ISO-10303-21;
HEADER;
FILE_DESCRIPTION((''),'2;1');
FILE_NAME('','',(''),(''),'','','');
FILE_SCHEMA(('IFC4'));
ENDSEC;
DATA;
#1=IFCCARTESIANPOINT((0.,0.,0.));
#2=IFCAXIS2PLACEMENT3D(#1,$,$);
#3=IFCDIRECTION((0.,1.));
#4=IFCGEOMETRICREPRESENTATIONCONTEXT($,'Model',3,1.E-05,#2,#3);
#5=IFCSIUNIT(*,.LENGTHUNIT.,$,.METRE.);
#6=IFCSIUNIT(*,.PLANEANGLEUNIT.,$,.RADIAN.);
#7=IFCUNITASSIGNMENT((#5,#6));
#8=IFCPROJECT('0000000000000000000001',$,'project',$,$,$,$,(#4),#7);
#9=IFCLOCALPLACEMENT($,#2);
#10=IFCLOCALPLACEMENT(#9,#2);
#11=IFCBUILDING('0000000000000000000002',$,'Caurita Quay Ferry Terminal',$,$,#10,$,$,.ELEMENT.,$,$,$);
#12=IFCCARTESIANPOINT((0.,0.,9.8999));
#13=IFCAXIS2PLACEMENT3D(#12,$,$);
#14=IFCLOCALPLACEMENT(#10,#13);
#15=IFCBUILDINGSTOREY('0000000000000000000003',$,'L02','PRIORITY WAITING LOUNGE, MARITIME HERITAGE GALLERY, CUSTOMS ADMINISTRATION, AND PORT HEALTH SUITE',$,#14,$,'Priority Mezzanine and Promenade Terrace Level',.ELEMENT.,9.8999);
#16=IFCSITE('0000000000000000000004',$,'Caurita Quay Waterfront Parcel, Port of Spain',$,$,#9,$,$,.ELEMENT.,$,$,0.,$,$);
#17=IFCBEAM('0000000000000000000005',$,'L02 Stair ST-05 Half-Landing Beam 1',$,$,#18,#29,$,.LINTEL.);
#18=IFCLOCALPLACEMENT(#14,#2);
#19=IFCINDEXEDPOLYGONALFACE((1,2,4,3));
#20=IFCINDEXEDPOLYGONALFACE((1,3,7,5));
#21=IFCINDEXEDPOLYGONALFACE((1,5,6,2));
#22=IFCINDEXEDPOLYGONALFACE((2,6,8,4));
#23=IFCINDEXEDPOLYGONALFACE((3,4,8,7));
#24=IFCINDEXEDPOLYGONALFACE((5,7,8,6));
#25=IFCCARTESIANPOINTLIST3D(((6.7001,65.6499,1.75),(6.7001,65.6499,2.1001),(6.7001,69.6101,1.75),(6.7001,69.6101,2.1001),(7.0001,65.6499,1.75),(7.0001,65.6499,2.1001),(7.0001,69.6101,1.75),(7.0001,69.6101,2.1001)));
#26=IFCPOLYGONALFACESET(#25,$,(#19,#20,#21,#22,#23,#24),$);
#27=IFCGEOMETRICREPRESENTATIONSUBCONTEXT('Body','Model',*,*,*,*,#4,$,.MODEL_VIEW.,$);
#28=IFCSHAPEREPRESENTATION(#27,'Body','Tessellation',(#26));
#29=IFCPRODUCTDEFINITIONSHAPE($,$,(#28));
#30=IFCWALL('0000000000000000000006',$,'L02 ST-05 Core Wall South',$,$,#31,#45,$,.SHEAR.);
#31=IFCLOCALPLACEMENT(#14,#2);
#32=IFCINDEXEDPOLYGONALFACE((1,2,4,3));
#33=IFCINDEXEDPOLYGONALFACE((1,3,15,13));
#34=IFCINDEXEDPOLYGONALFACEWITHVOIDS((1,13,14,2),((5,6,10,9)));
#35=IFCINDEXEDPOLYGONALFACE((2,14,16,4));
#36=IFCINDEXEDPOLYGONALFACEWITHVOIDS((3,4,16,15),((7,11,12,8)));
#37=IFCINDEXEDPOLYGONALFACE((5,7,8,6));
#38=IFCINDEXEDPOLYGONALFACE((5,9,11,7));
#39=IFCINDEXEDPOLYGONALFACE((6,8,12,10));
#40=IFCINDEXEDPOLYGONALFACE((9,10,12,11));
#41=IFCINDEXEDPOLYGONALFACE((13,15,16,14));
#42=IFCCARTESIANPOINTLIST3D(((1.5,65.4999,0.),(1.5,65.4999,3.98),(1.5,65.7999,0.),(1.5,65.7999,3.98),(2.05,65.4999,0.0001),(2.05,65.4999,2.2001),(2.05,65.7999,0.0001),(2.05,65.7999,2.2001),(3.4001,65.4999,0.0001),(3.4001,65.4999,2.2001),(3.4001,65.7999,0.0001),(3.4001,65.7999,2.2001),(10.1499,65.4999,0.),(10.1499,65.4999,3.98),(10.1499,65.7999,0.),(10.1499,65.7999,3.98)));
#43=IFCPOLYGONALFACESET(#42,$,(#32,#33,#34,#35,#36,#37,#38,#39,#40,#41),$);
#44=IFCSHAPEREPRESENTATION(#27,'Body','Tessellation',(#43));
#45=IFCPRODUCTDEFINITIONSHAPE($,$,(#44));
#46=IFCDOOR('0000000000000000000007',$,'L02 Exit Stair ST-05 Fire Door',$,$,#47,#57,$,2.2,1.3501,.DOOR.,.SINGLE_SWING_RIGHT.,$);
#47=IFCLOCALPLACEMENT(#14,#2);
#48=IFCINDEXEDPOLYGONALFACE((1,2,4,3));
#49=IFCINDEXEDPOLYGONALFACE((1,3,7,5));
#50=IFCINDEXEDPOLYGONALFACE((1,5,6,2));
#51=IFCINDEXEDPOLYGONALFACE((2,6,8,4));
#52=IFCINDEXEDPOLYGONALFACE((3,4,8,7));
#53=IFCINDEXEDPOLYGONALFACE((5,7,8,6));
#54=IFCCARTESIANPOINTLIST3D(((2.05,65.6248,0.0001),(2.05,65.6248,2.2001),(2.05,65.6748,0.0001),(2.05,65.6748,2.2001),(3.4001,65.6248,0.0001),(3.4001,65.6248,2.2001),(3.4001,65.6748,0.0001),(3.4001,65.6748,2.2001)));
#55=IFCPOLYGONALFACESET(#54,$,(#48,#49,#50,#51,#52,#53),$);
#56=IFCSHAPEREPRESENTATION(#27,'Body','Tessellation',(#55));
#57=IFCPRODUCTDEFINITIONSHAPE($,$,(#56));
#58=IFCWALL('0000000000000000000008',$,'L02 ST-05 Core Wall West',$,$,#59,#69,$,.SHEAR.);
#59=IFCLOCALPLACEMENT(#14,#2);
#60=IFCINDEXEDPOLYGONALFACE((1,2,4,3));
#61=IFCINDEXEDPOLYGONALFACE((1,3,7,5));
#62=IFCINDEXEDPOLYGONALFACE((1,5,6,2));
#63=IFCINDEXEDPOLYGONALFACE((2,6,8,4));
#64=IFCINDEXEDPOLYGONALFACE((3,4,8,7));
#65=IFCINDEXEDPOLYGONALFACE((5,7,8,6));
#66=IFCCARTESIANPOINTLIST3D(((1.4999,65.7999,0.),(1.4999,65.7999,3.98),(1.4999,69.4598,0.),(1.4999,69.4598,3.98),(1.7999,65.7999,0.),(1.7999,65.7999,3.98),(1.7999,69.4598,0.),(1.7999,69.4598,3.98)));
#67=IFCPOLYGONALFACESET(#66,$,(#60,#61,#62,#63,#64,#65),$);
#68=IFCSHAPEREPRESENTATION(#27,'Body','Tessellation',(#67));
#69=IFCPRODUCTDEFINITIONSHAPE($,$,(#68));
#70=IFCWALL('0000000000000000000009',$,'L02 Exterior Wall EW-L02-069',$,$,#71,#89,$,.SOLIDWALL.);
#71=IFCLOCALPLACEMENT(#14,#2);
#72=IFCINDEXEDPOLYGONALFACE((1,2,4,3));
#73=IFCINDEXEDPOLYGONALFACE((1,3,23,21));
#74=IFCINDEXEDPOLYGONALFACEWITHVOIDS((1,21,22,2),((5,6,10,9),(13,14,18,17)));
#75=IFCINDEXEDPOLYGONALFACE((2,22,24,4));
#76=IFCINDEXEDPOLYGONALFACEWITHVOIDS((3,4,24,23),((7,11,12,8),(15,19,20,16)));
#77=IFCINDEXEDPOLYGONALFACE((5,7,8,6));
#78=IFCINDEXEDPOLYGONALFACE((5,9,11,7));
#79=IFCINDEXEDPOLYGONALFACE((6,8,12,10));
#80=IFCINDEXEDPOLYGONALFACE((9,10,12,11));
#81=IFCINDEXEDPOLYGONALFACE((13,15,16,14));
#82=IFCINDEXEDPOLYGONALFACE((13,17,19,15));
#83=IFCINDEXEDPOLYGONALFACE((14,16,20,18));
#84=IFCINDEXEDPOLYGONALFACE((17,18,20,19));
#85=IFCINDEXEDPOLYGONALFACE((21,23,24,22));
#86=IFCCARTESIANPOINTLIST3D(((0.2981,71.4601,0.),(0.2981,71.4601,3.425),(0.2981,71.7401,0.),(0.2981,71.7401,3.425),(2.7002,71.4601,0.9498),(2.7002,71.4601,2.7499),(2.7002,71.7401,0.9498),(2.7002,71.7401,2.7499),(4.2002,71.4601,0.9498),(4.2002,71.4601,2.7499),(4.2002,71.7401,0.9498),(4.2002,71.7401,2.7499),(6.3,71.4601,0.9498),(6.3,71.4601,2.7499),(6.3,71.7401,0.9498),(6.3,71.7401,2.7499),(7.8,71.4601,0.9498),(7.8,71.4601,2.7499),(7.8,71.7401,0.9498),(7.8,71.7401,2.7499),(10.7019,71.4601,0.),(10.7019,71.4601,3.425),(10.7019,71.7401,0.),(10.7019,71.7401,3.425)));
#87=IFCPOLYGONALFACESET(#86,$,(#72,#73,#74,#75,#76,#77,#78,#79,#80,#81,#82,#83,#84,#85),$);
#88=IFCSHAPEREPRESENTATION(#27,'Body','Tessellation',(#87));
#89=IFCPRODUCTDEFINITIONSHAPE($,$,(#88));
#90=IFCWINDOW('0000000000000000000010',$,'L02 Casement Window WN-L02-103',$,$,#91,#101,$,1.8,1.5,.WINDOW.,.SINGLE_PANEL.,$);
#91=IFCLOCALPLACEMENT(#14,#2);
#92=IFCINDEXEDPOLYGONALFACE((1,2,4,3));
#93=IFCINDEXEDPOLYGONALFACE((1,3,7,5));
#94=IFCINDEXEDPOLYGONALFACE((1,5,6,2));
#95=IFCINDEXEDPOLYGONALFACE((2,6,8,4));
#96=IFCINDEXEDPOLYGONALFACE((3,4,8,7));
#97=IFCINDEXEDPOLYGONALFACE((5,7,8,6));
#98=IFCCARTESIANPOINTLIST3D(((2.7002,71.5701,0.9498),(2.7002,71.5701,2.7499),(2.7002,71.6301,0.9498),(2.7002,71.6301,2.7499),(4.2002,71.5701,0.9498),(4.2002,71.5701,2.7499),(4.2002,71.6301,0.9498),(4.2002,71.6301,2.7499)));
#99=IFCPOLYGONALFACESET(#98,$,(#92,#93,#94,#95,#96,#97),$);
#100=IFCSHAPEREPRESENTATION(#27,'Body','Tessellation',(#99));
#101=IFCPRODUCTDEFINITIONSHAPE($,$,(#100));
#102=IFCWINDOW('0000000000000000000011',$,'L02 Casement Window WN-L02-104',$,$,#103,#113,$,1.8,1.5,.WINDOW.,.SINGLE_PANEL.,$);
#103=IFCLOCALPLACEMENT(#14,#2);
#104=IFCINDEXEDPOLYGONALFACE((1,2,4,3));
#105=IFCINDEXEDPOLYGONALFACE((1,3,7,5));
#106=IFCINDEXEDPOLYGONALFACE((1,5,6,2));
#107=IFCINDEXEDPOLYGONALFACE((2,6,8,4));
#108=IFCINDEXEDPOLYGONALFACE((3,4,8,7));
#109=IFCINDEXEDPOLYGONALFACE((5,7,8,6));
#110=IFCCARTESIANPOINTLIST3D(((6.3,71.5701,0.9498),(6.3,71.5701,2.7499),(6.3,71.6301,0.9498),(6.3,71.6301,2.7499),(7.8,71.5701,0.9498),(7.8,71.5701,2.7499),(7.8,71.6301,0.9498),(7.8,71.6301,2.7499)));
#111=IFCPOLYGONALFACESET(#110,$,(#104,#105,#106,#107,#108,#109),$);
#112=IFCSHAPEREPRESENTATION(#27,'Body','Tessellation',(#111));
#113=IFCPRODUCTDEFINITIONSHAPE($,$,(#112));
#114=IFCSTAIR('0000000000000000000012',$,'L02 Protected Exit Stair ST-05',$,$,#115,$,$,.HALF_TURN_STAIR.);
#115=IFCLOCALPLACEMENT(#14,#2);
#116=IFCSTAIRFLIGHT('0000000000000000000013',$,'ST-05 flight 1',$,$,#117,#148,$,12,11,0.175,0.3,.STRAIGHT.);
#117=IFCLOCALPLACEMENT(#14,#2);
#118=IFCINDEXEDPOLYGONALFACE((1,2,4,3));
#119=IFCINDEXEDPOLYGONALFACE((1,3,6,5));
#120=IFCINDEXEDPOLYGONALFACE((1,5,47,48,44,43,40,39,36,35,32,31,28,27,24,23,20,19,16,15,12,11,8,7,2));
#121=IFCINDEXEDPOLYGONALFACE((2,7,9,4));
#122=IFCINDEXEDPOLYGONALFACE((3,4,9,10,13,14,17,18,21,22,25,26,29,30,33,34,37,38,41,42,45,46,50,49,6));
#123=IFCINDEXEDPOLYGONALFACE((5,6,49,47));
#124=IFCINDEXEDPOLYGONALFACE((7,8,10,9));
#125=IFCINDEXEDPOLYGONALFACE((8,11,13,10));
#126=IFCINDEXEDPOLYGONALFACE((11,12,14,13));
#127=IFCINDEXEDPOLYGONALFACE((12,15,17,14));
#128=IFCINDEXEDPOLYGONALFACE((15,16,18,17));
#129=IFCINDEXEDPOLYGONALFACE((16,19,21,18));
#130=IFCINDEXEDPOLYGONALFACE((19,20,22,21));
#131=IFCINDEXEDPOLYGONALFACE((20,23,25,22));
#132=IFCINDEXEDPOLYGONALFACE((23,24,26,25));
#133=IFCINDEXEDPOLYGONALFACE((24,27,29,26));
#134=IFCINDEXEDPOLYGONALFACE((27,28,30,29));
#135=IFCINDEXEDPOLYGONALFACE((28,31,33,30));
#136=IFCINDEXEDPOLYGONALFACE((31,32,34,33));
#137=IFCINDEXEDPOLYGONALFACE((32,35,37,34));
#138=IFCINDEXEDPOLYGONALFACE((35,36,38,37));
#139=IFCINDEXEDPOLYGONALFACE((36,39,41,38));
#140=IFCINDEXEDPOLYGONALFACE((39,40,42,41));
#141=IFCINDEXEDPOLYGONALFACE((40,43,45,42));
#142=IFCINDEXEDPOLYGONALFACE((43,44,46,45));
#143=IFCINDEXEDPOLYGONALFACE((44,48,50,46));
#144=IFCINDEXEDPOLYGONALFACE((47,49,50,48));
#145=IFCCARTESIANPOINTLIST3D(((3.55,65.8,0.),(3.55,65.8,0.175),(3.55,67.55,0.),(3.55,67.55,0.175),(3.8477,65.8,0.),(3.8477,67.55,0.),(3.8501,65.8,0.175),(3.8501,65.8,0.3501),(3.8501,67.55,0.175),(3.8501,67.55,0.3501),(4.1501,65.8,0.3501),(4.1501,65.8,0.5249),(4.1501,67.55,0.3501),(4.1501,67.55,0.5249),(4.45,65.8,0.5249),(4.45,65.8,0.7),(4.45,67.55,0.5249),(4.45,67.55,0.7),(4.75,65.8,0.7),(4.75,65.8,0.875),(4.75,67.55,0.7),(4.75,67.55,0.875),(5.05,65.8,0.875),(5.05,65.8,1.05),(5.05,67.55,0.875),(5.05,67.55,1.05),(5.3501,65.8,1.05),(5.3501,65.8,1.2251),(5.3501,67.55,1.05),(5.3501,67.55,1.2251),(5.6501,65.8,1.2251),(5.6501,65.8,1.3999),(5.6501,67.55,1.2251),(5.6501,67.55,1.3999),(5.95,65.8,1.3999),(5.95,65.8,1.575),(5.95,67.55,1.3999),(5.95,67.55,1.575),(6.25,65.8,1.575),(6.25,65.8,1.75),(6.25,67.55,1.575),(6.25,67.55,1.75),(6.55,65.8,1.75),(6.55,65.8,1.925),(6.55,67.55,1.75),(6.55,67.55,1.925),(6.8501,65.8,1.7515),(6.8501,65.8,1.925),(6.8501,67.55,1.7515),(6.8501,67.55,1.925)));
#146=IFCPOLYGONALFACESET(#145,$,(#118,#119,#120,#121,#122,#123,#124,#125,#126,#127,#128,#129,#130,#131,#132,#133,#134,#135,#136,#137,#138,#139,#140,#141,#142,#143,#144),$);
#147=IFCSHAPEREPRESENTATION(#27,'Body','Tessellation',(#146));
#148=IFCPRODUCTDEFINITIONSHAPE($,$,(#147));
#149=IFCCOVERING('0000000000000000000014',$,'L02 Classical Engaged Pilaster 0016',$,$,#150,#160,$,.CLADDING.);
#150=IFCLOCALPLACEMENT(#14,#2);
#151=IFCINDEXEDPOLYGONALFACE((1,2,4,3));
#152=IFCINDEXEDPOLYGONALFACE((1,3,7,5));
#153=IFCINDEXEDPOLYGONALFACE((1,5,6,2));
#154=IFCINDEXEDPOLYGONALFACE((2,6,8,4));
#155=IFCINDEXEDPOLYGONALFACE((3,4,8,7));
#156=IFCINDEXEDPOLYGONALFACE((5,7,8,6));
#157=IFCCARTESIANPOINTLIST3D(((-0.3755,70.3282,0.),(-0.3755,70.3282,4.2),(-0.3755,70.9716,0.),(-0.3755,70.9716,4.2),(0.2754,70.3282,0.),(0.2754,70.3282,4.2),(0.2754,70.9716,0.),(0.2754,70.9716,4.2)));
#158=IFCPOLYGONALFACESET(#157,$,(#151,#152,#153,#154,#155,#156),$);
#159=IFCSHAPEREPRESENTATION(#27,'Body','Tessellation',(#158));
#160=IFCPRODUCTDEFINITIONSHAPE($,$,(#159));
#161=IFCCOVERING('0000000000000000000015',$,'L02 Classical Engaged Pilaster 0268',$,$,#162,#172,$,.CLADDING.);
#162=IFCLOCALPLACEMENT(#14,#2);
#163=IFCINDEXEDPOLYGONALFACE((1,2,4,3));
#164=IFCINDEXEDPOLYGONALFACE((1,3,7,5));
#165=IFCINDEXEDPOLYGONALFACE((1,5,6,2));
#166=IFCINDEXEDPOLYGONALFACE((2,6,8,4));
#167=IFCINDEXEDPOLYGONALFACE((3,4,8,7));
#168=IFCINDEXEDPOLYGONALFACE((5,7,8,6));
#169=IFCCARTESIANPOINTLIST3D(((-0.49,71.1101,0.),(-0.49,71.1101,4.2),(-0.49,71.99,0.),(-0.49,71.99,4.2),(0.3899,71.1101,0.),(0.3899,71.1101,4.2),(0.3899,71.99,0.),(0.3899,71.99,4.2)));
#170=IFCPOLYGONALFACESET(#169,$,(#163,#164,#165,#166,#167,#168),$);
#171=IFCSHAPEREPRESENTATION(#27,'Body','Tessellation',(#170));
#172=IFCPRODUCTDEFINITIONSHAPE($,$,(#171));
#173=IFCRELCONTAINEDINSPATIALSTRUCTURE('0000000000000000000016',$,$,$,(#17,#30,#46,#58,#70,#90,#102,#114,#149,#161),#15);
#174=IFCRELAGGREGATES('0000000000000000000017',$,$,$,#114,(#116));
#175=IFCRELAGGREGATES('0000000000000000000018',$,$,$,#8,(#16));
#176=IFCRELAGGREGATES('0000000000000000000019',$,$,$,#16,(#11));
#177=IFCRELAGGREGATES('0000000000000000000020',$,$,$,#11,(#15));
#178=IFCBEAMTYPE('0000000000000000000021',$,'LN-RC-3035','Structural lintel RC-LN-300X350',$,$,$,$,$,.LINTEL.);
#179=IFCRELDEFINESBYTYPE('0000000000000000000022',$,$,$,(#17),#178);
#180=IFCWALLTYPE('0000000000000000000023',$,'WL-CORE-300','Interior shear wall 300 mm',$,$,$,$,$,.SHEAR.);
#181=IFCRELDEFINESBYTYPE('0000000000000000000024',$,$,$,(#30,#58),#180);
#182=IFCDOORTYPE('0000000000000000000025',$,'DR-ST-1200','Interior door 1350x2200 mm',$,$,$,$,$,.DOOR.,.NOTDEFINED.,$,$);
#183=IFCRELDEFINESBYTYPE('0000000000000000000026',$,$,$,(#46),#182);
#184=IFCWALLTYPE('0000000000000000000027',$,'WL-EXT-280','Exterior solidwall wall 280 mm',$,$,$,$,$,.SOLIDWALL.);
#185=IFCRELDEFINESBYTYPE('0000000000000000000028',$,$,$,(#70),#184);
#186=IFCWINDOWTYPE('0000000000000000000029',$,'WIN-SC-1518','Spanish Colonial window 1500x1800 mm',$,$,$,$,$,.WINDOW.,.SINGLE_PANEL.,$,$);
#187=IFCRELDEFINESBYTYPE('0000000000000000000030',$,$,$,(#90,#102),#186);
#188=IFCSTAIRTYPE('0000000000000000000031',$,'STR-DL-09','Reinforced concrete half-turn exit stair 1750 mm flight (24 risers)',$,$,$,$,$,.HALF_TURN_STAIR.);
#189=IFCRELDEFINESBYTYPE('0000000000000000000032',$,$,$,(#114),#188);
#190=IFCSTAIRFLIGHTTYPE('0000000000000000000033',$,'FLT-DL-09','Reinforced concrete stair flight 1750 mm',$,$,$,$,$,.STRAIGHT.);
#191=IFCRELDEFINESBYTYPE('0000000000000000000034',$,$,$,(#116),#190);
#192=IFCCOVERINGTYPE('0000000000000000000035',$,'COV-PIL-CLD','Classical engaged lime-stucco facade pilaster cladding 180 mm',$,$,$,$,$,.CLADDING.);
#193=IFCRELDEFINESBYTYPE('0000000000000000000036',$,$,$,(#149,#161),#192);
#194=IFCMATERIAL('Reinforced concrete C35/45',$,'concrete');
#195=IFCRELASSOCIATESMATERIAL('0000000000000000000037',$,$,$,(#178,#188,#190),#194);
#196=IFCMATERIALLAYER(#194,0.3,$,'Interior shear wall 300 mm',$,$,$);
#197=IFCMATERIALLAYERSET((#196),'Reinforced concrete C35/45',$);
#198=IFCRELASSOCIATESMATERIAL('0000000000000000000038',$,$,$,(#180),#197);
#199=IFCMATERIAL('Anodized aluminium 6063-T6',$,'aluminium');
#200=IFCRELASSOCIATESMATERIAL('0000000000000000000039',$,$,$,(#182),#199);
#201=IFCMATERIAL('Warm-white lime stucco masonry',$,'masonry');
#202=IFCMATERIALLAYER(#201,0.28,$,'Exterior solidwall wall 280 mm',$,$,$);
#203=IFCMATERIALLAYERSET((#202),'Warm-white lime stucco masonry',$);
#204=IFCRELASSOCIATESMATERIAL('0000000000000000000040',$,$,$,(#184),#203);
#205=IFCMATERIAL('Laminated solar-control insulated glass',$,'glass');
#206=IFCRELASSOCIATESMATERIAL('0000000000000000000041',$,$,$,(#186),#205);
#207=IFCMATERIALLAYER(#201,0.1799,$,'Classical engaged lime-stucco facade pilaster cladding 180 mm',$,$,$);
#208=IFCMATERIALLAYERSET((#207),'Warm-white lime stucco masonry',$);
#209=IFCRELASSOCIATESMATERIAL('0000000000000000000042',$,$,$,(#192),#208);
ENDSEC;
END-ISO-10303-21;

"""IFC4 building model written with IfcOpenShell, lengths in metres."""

from ifc_helpers import new_model, si_unit, direction, frame, frame_2d, origin, origin_2d, place, context, subcontext, project, spatial, polyline, rectangle, outline, extrude, material, layer, layer_set, material_profile, profile_set, type_object, element, fill, aggregate, save


model = new_model("IFC4")

# Units and contexts
model_context = context("Model", 3, precision=1e-05, world=origin(), true_north=direction((0.0, 1.0)))
body_context = subcontext(model_context, "Body", "Model", "MODEL_VIEW")
ifc_project = project(units=[si_unit("LENGTHUNIT", "METRE"), si_unit("PLANEANGLEUNIT", "RADIAN")], contexts=[model_context])

# Site, building, storey
site_placement = place(None, origin())
site = spatial("IfcSite", under=ifc_project, at=site_placement, Name="Caurita Quay Waterfront Parcel, Port of Spain", CompositionType="ELEMENT", RefElevation=0.0)
building_placement = place(site_placement, origin())
building = spatial("IfcBuilding", under=site, at=building_placement, Name="Caurita Quay Ferry Terminal", CompositionType="ELEMENT")
storey_placement = place(building_placement, frame((0.0, 0.0, 9.8999)))
storey = spatial("IfcBuildingStorey", under=building, at=storey_placement, Name="L02", Description="PRIORITY WAITING LOUNGE, MARITIME HERITAGE GALLERY, CUSTOMS ADMINISTRATION, AND PORT HEALTH SUITE", LongName="Priority Mezzanine and Promenade Terrace Level", CompositionType="ELEMENT", Elevation=9.8999)

# Shared definitions
ifc_material_1 = material(Name="Reinforced concrete C35/45", Category="concrete")

# Beam
ifc_material_profile_1 = material_profile(ifc_material_1, rectangle(XDim=0.3, YDim=0.3501, at=origin_2d()), Name="RC-LN-300X350")
ifc_profile_set_1 = profile_set([ifc_material_profile_1], Name="Reinforced concrete C35/45")
beam_type_1 = type_object("IfcBeamType", Name="LN-RC-3035", Description="Structural lintel RC-LN-300X350", PredefinedType="LINTEL", material=ifc_profile_set_1)
beam_1_placement = place(storey_placement, frame((6.8501, 65.6499, 1.925), z_axis=(0.0, 1.0, 0.0), x_axis=(-1.0, 0.0, 0.0)))
element("IfcBeam", 1, at=beam_1_placement, inside=storey, type_object=beam_type_1, Name="L02 Stair ST-05 Half-Landing Beam 1", PredefinedType="LINTEL", context=body_context, shape_type="SweptSolid", body=[
    extrude(rectangle(XDim=0.3, YDim=0.3501, at=origin_2d()), origin(), (0.0, 0.0, 1.0), 3.9602),
])

# Wall, opening, door
ifc_layer_1 = layer(ifc_material_1, 0.3, Name="Interior shear wall 300 mm")
ifc_layer_set_1 = layer_set([ifc_layer_1], Name="Reinforced concrete C35/45")
wall_type_1 = type_object("IfcWallType", Name="WL-CORE-300", Description="Interior shear wall 300 mm", PredefinedType="SHEAR", material=ifc_layer_set_1)
wall_1_placement = place(storey_placement, frame((1.5, 65.6499, 0.0), z_axis=(0.0, 0.0, 1.0), x_axis=(1.0, 0.0, 0.0)))
wall_1 = element("IfcWall", 2, at=wall_1_placement, inside=storey, type_object=wall_type_1, Name="L02 ST-05 Core Wall South", PredefinedType="SHEAR", context=body_context, shape_type="SweptSolid", body=[
    extrude(rectangle(XDim=8.6499, YDim=0.3, at=frame_2d((4.325, 0.0))), origin(), (0.0, 0.0, 1.0), 3.98),
])
opening_1_placement = place(wall_1_placement, frame((0.55, 0.0, 0.0)))
opening_1 = element("IfcOpeningElement", 3, at=opening_1_placement, cuts=wall_1, PredefinedType="OPENING", context=body_context, shape_type="SweptSolid", body=[
    extrude(rectangle(XDim=1.3501, YDim=2.2, at=frame_2d((0.675, 1.1001))), frame((0.0, 0.1599, 0.0), z_axis=(0.0, -1.0, 0.0), x_axis=(1.0, 0.0, 0.0)), (0.0, 0.0, 1.0), 0.3201),
])
ifc_material_2 = material(Name="Anodized aluminium 6063-T6", Category="aluminium")
door_type = type_object("IfcDoorType", Name="DR-ST-1200", Description="Interior door 1350x2200 mm", OperationType="NOTDEFINED", PredefinedType="DOOR", material=ifc_material_2)
door_placement = place(opening_1_placement, origin())
door = element("IfcDoor", 4, at=door_placement, inside=storey, type_object=door_type, Name="L02 Exit Stair ST-05 Fire Door", OperationType="SINGLE_SWING_RIGHT", OverallHeight=2.2, OverallWidth=1.3501, PredefinedType="DOOR", context=body_context, shape_type="SweptSolid", body=[
    extrude(rectangle(XDim=1.3501, YDim=2.2, at=frame_2d((0.675, 1.1001))), frame((0.0, 0.0249, 0.0), z_axis=(0.0, -1.0, 0.0), x_axis=(1.0, 0.0, 0.0)), (0.0, 0.0, 1.0), 0.05),
])
fill(opening_1, door)

# Wall
wall_2_placement = place(storey_placement, frame((1.6499, 69.46, 0.0), z_axis=(0.0, 0.0, 1.0), x_axis=(0.0, -1.0, 0.0)))
element("IfcWall", 5, at=wall_2_placement, inside=storey, type_object=wall_type_1, Name="L02 ST-05 Core Wall West", PredefinedType="SHEAR", context=body_context, shape_type="SweptSolid", body=[
    extrude(rectangle(XDim=3.6599, YDim=0.3, at=frame_2d((1.8301, 0.0))), origin(), (0.0, 0.0, 1.0), 3.98),
])

# Wall, openings, windows
ifc_material_3 = material(Name="Warm-white lime stucco masonry", Category="masonry")
ifc_layer_2 = layer(ifc_material_3, 0.28, Name="Exterior solidwall wall 280 mm")
ifc_layer_set_2 = layer_set([ifc_layer_2], Name="Warm-white lime stucco masonry")
wall_type_2 = type_object("IfcWallType", Name="WL-EXT-280", Description="Exterior solidwall wall 280 mm", PredefinedType="SOLIDWALL", material=ifc_layer_set_2)
wall_3_placement = place(storey_placement, frame((0.2981, 71.6001, 0.0), z_axis=(0.0, 0.0, 1.0), x_axis=(1.0, 0.0, 0.0)))
wall_3 = element("IfcWall", 6, at=wall_3_placement, inside=storey, type_object=wall_type_2, Name="L02 Exterior Wall EW-L02-069", PredefinedType="SOLIDWALL", context=body_context, shape_type="SweptSolid", body=[
    extrude(rectangle(XDim=10.4038, YDim=0.28, at=frame_2d((5.2019, 0.0))), origin(), (0.0, 0.0, 1.0), 3.425),
])
opening_2_placement = place(wall_3_placement, frame((2.4021, 0.0, 0.95)))
opening_2 = element("IfcOpeningElement", 7, at=opening_2_placement, cuts=wall_3, PredefinedType="OPENING", context=body_context, shape_type="SweptSolid", body=[
    extrude(rectangle(XDim=1.5, YDim=1.8, at=frame_2d((0.75, 0.8999))), frame((0.0, 0.1499, 0.0), z_axis=(0.0, -1.0, 0.0), x_axis=(1.0, 0.0, 0.0)), (0.0, 0.0, 1.0), 0.3),
])
opening_3_placement = place(wall_3_placement, frame((6.002, 0.0, 0.95)))
opening_3 = element("IfcOpeningElement", 8, at=opening_3_placement, cuts=wall_3, PredefinedType="OPENING", context=body_context, shape_type="SweptSolid", body=[
    extrude(rectangle(XDim=1.5, YDim=1.8, at=frame_2d((0.75, 0.8999))), frame((0.0, 0.1499, 0.0), z_axis=(0.0, -1.0, 0.0), x_axis=(1.0, 0.0, 0.0)), (0.0, 0.0, 1.0), 0.3),
])
ifc_material_4 = material(Name="Laminated solar-control insulated glass", Category="glass")
window_type = type_object("IfcWindowType", Name="WIN-SC-1518", Description="Spanish Colonial window 1500x1800 mm", PartitioningType="SINGLE_PANEL", PredefinedType="WINDOW", material=ifc_material_4)
window_1_placement = place(opening_2_placement, origin())
window_1 = element("IfcWindow", 9, at=window_1_placement, inside=storey, type_object=window_type, Name="L02 Casement Window WN-L02-103", OverallHeight=1.8, OverallWidth=1.5, PartitioningType="SINGLE_PANEL", PredefinedType="WINDOW", context=body_context, shape_type="SweptSolid", body=[
    extrude(rectangle(XDim=1.5, YDim=1.8, at=frame_2d((0.75, 0.8999))), frame((0.0, 0.03, 0.0), z_axis=(0.0, -1.0, 0.0), x_axis=(1.0, 0.0, 0.0)), (0.0, 0.0, 1.0), 0.0601),
])
fill(opening_2, window_1)
window_2_placement = place(opening_3_placement, origin())
window_2 = element("IfcWindow", 10, at=window_2_placement, inside=storey, type_object=window_type, Name="L02 Casement Window WN-L02-104", OverallHeight=1.8, OverallWidth=1.5, PartitioningType="SINGLE_PANEL", PredefinedType="WINDOW", context=body_context, shape_type="SweptSolid", body=[
    extrude(rectangle(XDim=1.5, YDim=1.8, at=frame_2d((0.75, 0.8999))), frame((0.0, 0.03, 0.0), z_axis=(0.0, -1.0, 0.0), x_axis=(1.0, 0.0, 0.0)), (0.0, 0.0, 1.0), 0.0601),
])
fill(opening_3, window_2)

# Stair, stair flight
stair_type = type_object("IfcStairType", Name="STR-DL-09", Description="Reinforced concrete half-turn exit stair 1750 mm flight (24 risers)", PredefinedType="HALF_TURN_STAIR", material=ifc_material_1)
stair_placement = place(storey_placement, origin())
stair = element("IfcStair", 11, at=stair_placement, inside=storey, type_object=stair_type, Name="L02 Protected Exit Stair ST-05", PredefinedType="HALF_TURN_STAIR")
stair_flight_type = type_object("IfcStairFlightType", Name="FLT-DL-09", Description="Reinforced concrete stair flight 1750 mm", PredefinedType="STRAIGHT", material=ifc_material_1)
stair_flight_placement = place(storey_placement, frame((3.55, 66.675, 0.0), z_axis=(0.0, 0.0, 1.0), x_axis=(1.0, 0.0, 0.0)))
stair_flight = element("IfcStairFlight", 12, at=stair_flight_placement, type_object=stair_flight_type, Name="ST-05 flight 1", NumberOfRisers=12, NumberOfTreads=11, PredefinedType="STRAIGHT", RiserHeight=0.175, TreadLength=0.3, context=body_context, shape_type="SweptSolid", body=[
    extrude(outline(polyline([(0.0, 0.0), (0.0, 0.175), (0.3, 0.175), (0.3, 0.3501), (0.6001, 0.3501), (0.6001, 0.5249), (0.8999, 0.5249), (0.8999, 0.7), (1.2, 0.7), (1.2, 0.875), (1.5, 0.875), (1.5, 1.05), (1.8, 1.05), (1.8, 1.2251), (2.1001, 1.2251), (2.1001, 1.3999), (2.3999, 1.3999), (2.3999, 1.575), (2.7, 1.575), (2.7, 1.75), (3.0, 1.75), (3.0, 1.925), (3.3, 1.925), (3.3, 2.1001), (3.3, 1.7515), (0.2976, 0.0), (0.0, 0.0)])), frame((0.0, 0.875, 0.0), z_axis=(0.0, -1.0, 0.0), x_axis=(1.0, 0.0, 0.0)), (0.0, 0.0, 1.0), 1.75),
])
aggregate(stair, [stair_flight])

# Coverings
ifc_layer_3 = layer(ifc_material_3, 0.1799, Name="Classical engaged lime-stucco facade pilaster cladding 180 mm")
ifc_layer_set_3 = layer_set([ifc_layer_3], Name="Warm-white lime stucco masonry")
covering_type_1 = type_object("IfcCoveringType", Name="COV-PIL-CLD", Description="Classical engaged lime-stucco facade pilaster cladding 180 mm", PredefinedType="CLADDING", material=ifc_layer_set_3)
covering_1_placement = place(storey_placement, frame((-0.05, 70.6499, 0.0), z_axis=(0.0, 0.0, 1.0), x_axis=(1.0, 0.0, 0.0)))
element("IfcCovering", 13, at=covering_1_placement, inside=storey, type_object=covering_type_1, Name="L02 Classical Engaged Pilaster 0016", PredefinedType="CLADDING", context=body_context, shape_type="SweptSolid", body=[
    extrude(rectangle(XDim=0.6509, YDim=0.6433, at=origin_2d()), origin(), (0.0, 0.0, 1.0), 4.2),
])
covering_2_placement = place(storey_placement, frame((-0.05, 71.55, 0.0), z_axis=(0.0, 0.0, 1.0), x_axis=(1.0, 0.0, 0.0)))
element("IfcCovering", 14, at=covering_2_placement, inside=storey, type_object=covering_type_1, Name="L02 Classical Engaged Pilaster 0268", PredefinedType="CLADDING", context=body_context, shape_type="SweptSolid", body=[
    extrude(rectangle(XDim=0.8799, YDim=0.8799, at=origin_2d()), origin(), (0.0, 0.0, 1.0), 4.2),
])

save(model, "model.ifc")
